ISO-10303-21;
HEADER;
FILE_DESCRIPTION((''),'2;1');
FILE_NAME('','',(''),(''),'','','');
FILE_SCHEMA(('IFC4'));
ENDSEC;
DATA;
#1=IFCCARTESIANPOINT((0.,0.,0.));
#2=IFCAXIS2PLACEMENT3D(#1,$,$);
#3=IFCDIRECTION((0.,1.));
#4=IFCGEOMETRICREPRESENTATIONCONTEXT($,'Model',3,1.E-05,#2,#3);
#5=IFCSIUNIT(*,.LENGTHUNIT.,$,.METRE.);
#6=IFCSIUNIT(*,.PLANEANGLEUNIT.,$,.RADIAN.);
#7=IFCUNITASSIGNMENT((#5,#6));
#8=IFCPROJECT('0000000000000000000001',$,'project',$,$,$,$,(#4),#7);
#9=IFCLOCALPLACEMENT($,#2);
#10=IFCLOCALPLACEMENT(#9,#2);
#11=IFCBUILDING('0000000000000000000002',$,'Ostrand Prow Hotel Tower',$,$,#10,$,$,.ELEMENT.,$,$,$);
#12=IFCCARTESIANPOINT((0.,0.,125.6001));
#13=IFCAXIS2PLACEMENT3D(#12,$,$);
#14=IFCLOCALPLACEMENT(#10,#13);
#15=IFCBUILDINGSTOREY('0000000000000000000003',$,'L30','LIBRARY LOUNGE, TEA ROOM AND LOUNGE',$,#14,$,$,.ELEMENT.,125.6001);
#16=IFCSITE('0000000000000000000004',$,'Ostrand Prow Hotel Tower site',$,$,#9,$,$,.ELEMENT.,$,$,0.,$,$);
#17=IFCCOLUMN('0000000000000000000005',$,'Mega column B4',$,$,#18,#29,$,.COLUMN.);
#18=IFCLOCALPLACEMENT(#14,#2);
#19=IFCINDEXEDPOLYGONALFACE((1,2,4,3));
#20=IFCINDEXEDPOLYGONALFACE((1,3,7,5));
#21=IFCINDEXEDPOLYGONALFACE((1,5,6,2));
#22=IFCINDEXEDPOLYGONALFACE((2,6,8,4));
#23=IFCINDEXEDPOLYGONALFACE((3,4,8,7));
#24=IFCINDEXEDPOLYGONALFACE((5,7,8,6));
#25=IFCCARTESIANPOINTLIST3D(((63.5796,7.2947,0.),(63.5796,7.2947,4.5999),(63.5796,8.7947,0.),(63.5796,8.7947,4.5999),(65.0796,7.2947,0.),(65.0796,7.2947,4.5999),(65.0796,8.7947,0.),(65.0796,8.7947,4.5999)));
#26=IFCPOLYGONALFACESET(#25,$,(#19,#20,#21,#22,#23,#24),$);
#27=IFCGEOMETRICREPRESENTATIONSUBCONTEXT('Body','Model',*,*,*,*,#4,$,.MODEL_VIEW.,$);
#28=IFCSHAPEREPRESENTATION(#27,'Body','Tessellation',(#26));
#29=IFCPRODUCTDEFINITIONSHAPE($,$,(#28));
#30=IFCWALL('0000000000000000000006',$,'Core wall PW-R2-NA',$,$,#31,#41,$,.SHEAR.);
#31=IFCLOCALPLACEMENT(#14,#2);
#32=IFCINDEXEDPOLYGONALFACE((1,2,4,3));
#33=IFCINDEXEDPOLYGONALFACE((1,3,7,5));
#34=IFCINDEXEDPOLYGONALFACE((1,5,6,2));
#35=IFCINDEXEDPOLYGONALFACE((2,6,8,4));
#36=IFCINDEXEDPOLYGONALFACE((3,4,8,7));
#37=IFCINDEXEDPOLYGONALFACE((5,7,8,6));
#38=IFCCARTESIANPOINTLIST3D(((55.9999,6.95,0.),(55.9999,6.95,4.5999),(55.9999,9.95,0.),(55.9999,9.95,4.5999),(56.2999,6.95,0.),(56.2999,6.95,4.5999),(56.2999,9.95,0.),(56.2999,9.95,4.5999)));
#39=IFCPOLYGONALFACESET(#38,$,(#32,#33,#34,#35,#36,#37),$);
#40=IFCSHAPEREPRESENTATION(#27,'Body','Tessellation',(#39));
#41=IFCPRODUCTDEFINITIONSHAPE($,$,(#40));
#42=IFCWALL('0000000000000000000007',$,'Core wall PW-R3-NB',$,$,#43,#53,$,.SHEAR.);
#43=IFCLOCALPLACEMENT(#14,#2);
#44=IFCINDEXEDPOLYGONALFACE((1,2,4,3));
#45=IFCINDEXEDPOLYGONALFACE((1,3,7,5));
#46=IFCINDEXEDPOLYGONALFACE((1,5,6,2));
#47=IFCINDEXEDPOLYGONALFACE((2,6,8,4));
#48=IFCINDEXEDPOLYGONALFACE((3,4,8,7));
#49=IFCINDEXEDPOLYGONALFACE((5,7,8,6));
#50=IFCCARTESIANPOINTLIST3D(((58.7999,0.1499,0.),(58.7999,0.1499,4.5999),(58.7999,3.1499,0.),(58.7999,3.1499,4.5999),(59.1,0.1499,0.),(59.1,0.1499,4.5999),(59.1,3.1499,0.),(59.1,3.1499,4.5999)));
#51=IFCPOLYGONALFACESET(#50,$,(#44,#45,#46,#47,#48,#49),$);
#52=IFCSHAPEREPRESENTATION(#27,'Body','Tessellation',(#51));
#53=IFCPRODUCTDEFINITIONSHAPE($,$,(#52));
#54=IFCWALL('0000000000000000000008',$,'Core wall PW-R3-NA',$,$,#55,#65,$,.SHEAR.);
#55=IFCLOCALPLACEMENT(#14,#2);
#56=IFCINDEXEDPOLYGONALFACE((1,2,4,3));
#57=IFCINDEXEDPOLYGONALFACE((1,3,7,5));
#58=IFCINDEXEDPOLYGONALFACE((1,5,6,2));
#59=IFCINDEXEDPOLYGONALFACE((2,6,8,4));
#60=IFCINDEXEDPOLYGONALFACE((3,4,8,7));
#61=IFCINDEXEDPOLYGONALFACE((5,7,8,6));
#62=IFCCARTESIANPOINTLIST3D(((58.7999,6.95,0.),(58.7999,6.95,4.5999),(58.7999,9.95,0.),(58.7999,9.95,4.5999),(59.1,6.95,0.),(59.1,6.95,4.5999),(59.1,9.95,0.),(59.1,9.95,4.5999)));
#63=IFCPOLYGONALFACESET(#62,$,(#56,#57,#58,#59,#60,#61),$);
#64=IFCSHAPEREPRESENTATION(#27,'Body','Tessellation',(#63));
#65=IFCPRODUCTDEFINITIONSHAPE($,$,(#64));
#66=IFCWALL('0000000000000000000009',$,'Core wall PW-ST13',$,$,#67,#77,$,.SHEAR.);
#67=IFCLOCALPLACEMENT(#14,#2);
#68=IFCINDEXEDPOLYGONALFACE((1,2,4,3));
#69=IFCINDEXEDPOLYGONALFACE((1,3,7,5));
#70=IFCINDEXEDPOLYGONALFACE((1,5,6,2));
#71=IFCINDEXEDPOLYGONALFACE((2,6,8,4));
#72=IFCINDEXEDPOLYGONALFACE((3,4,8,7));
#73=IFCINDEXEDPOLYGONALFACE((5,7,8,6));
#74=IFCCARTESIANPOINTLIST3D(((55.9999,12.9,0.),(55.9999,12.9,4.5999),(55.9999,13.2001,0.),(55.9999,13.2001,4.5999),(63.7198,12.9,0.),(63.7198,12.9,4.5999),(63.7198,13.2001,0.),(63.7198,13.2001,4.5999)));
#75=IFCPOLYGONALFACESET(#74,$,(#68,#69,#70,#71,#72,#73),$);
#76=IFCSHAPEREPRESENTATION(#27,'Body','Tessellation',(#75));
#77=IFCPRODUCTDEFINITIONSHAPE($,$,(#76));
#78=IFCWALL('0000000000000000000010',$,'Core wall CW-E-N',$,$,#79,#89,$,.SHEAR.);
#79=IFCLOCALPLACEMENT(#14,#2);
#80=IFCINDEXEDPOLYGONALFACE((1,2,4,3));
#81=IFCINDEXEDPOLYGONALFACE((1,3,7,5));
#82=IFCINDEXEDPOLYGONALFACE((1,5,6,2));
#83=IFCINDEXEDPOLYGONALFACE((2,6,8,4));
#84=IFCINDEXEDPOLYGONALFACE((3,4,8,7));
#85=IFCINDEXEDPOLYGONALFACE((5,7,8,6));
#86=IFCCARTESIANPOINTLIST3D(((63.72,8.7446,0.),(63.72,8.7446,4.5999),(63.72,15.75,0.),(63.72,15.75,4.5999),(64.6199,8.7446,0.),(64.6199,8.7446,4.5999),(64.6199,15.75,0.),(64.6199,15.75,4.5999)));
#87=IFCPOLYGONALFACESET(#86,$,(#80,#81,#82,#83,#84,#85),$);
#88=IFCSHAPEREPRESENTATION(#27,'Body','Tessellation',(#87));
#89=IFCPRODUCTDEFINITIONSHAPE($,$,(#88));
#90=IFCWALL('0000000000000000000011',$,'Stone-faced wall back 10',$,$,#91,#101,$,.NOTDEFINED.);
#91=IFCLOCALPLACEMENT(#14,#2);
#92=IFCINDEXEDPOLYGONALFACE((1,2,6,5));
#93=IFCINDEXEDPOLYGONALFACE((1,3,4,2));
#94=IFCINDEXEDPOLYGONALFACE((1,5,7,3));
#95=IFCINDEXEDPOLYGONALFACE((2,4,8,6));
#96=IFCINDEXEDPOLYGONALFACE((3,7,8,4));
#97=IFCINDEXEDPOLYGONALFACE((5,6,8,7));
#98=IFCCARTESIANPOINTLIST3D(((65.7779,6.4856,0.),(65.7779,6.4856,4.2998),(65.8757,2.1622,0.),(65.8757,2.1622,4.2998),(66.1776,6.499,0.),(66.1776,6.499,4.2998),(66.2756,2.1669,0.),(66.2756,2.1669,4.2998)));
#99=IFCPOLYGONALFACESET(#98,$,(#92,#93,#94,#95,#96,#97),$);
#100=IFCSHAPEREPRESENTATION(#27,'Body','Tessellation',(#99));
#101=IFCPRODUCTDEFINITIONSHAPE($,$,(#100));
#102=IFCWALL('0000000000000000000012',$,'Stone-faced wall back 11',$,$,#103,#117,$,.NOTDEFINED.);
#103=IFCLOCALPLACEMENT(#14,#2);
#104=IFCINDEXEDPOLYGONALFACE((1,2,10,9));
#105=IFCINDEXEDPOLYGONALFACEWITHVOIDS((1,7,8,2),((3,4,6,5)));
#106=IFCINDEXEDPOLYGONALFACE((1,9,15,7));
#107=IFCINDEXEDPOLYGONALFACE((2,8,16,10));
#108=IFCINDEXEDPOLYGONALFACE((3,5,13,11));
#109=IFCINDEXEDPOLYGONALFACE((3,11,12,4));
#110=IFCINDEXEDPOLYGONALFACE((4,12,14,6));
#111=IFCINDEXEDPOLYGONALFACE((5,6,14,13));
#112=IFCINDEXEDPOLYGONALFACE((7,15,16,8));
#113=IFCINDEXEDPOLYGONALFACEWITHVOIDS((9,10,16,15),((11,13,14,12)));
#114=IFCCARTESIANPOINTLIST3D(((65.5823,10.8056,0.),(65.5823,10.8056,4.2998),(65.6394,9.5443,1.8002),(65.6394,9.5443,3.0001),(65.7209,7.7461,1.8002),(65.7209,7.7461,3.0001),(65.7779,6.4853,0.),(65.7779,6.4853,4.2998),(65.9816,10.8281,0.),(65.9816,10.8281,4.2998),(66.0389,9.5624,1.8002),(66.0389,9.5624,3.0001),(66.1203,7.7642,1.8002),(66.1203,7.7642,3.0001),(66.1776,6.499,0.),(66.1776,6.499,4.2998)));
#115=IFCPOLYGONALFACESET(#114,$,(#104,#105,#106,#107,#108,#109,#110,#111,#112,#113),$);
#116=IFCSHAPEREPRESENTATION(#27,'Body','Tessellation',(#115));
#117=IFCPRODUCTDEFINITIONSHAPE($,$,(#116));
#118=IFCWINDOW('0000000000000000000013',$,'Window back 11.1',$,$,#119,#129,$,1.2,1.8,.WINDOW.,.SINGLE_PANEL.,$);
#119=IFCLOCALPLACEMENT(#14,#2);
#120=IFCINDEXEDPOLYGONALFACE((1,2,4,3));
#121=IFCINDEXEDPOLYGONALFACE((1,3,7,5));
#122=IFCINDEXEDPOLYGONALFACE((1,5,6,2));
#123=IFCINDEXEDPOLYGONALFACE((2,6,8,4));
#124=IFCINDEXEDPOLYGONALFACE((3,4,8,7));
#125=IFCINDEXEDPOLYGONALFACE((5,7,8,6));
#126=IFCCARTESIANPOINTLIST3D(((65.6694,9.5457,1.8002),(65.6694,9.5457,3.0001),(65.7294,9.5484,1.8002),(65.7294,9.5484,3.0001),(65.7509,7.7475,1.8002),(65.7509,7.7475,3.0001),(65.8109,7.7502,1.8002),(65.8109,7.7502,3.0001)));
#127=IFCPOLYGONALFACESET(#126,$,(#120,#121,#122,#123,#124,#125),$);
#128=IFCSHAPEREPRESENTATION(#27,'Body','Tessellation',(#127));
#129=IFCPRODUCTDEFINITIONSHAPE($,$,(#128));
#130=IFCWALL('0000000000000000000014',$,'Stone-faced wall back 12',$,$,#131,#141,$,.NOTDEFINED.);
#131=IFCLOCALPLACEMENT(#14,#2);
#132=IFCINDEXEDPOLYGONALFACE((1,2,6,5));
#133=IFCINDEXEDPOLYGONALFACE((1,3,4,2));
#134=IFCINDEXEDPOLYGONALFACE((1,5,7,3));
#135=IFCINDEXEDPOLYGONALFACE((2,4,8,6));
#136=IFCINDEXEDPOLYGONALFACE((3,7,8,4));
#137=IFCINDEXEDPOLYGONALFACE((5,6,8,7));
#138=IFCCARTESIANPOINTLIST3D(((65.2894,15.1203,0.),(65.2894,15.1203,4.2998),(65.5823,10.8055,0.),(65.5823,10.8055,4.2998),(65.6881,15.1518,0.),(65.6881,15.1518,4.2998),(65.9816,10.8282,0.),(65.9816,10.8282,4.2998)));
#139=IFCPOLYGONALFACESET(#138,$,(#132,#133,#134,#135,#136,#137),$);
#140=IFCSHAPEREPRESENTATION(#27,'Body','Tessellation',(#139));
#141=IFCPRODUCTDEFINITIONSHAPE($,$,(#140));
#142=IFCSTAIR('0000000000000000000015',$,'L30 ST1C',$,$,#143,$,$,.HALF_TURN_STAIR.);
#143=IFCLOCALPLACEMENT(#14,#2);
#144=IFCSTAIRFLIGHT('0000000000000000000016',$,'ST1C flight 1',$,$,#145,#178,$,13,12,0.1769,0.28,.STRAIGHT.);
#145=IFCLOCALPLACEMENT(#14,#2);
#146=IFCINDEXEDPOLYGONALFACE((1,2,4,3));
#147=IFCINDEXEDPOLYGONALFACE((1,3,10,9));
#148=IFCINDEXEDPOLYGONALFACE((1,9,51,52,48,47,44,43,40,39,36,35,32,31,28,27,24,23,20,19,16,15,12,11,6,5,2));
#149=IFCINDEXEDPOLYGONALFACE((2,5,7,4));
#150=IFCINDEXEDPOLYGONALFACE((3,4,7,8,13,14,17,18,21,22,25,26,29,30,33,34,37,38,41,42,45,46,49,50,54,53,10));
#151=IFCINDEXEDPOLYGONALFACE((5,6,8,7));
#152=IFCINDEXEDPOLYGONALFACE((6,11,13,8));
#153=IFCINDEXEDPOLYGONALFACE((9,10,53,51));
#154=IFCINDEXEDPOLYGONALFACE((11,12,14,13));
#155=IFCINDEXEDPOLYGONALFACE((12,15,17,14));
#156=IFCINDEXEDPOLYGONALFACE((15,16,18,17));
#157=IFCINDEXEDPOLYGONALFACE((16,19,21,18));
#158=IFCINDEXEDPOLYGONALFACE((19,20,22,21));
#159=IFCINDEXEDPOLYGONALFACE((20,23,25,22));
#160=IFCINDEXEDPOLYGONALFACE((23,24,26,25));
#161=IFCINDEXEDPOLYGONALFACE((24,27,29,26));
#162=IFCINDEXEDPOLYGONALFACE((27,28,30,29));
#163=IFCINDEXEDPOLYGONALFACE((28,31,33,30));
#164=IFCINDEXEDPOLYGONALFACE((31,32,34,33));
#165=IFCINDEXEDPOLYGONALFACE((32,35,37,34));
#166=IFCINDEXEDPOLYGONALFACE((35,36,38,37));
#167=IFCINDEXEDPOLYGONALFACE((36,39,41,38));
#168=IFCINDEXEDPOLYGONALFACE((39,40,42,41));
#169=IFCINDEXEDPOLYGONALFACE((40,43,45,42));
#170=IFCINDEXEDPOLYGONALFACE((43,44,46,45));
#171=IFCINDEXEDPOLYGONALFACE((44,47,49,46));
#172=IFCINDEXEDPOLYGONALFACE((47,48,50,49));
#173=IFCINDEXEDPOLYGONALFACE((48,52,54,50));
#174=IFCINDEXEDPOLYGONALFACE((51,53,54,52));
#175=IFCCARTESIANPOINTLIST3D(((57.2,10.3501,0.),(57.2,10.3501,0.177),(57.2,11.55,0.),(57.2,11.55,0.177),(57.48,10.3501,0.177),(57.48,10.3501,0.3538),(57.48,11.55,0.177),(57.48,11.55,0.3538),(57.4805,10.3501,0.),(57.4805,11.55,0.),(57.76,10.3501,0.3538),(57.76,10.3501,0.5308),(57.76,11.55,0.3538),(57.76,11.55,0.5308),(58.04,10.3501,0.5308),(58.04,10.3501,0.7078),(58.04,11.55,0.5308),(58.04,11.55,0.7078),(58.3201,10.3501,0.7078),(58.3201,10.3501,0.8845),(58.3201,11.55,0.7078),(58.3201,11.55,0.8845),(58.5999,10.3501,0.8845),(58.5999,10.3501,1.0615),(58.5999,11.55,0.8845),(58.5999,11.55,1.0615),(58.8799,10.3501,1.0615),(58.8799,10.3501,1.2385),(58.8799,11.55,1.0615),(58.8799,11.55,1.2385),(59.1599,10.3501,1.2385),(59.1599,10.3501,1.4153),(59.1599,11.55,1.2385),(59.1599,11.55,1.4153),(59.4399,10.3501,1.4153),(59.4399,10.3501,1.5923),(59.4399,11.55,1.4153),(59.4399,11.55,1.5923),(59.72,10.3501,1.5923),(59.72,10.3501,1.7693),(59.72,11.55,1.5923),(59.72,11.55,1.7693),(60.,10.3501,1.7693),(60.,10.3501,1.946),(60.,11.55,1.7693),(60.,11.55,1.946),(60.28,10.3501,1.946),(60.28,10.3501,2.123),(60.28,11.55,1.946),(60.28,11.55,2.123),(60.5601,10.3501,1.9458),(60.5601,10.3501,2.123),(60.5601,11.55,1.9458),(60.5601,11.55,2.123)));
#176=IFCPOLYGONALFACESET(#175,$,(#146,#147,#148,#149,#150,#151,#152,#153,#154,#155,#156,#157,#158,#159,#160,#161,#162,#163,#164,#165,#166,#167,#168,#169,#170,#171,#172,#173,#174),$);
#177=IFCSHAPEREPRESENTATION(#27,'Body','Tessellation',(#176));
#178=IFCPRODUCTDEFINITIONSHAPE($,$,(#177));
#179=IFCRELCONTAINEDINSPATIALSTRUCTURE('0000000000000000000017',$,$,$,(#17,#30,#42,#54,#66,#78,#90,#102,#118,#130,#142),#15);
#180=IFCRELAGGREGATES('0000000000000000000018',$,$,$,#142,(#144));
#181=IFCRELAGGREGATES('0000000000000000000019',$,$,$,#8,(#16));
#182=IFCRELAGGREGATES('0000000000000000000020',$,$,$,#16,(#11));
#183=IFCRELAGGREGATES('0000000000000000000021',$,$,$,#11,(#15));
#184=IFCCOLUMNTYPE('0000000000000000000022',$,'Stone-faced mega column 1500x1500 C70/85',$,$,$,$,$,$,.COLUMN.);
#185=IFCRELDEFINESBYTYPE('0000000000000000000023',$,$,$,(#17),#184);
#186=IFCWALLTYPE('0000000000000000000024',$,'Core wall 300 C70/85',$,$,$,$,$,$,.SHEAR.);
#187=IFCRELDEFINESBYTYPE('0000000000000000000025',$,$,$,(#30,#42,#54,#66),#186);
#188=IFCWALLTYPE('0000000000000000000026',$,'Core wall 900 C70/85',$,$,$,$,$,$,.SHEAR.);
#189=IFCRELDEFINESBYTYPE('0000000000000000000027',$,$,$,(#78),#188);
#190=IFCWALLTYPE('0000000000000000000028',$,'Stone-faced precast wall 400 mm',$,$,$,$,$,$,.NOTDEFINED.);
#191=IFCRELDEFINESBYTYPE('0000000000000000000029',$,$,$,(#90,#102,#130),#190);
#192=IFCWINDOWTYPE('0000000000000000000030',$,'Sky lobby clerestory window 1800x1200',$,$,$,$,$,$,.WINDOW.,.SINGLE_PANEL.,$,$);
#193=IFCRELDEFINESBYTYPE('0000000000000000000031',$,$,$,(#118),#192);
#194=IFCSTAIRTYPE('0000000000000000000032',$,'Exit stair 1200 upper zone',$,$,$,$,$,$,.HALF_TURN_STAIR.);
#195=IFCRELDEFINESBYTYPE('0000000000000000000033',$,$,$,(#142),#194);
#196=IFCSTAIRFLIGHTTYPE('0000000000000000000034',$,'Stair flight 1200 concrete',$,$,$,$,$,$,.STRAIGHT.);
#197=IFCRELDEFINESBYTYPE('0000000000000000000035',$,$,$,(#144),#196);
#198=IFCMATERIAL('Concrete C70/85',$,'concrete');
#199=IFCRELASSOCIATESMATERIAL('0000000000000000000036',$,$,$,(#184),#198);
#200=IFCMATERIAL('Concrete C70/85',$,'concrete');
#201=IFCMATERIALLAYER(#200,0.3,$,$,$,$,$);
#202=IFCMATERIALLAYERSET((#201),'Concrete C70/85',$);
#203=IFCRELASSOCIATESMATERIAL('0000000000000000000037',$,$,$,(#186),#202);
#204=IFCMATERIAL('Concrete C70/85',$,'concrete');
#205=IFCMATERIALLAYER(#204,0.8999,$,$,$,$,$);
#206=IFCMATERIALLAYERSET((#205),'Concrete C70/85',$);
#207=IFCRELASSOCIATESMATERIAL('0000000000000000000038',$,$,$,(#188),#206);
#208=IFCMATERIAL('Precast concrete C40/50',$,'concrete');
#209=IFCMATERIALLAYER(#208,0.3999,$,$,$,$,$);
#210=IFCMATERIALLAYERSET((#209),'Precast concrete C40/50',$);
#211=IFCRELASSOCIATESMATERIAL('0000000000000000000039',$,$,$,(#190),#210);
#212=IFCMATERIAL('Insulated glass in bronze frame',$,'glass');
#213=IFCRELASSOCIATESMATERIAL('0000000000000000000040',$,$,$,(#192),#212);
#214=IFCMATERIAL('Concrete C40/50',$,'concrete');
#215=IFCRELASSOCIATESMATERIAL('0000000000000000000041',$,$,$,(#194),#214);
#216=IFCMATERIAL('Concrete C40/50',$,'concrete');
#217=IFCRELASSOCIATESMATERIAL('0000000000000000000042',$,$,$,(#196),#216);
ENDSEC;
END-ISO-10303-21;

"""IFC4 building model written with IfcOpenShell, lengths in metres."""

from ifc_helpers import new_model, si_unit, direction, frame, frame_2d, origin, origin_2d, place, context, subcontext, project, spatial, polyline, rectangle, outline, extrude, material, layer, layer_set, material_profile, profile_set, type_object, element, fill, aggregate, save


model = new_model("IFC4")

# Units and contexts
model_context = context("Model", 3, precision=1e-05, world=origin(), true_north=direction((0.0, 1.0)))
body_context = subcontext(model_context, "Body", "Model", "MODEL_VIEW")
ifc_project = project(units=[si_unit("LENGTHUNIT", "METRE"), si_unit("PLANEANGLEUNIT", "RADIAN")], contexts=[model_context])

# Site, building, storey
site_placement = place(None, origin())
site = spatial("IfcSite", under=ifc_project, at=site_placement, Name="Ostrand Prow Hotel Tower site", CompositionType="ELEMENT", RefElevation=0.0)
building_placement = place(site_placement, origin())
building = spatial("IfcBuilding", under=site, at=building_placement, Name="Ostrand Prow Hotel Tower", CompositionType="ELEMENT")
storey_placement = place(building_placement, frame((0.0, 0.0, 125.6001)))
storey = spatial("IfcBuildingStorey", under=building, at=storey_placement, Name="L30", Description="LIBRARY LOUNGE, TEA ROOM AND LOUNGE", CompositionType="ELEMENT", Elevation=125.6001)

# Column
ifc_material_1 = material(Name="Concrete C70/85", Category="concrete")
ifc_material_profile = material_profile(ifc_material_1, rectangle(XDim=1.5, YDim=1.5, at=origin_2d()), Name="RC 1500x1500")
ifc_profile_set = profile_set([ifc_material_profile], Name="Concrete C70/85")
column_type = type_object("IfcColumnType", Name="Stone-faced mega column 1500x1500 C70/85", PredefinedType="COLUMN", material=ifc_profile_set)
column_placement = place(storey_placement, frame((64.3296, 8.0447, 0.0), z_axis=(0.0, 0.0, 1.0), x_axis=(1.0, 0.0, 0.0)))
element("IfcColumn", 1, at=column_placement, inside=storey, type_object=column_type, Name="Mega column B4", PredefinedType="COLUMN", context=body_context, shape_type="SweptSolid", body=[
    extrude(rectangle(XDim=1.5, YDim=1.5, at=origin_2d()), origin(), (0.0, 0.0, 1.0), 4.5999),
])

# Walls
ifc_material_2 = material(Name="Concrete C70/85", Category="concrete")
ifc_layer_1 = layer(ifc_material_2, 0.3)
ifc_layer_set_1 = layer_set([ifc_layer_1], Name="Concrete C70/85")
wall_type_1 = type_object("IfcWallType", Name="Core wall 300 C70/85", PredefinedType="SHEAR", material=ifc_layer_set_1)
for number, where, z_axis, x_axis, name in (
    (2, (56.1499, 6.95, 0.0), (0.0, 0.0, 1.0), (0.0, 1.0, 0.0), "Core wall PW-R2-NA"),
    (3, (58.95, 0.1499, 0.0), (0.0, 0.0, 1.0), (0.0, 1.0, 0.0), "Core wall PW-R3-NB"),
    (4, (58.95, 6.95, 0.0), (0.0, 0.0, 1.0), (0.0, 1.0, 0.0), "Core wall PW-R3-NA"),
):
    element("IfcWall", number, at=place(storey_placement, frame(where, z_axis=z_axis, x_axis=x_axis)), inside=storey, type_object=wall_type_1, Name=name, PredefinedType="SHEAR", context=body_context, shape_type="SweptSolid", body=[
        extrude(rectangle(XDim=3.0, YDim=0.3, at=frame_2d((1.5, 0.0))), origin(), (0.0, 0.0, 1.0), 4.5999),
    ])
wall_1_placement = place(storey_placement, frame((56.0, 13.05, 0.0), z_axis=(0.0, 0.0, 1.0), x_axis=(1.0, 0.0, 0.0)))
element("IfcWall", 5, at=wall_1_placement, inside=storey, type_object=wall_type_1, Name="Core wall PW-ST13", PredefinedType="SHEAR", context=body_context, shape_type="SweptSolid", body=[
    extrude(rectangle(XDim=7.72, YDim=0.3, at=frame_2d((3.8599, 0.0))), origin(), (0.0, 0.0, 1.0), 4.5999),
])
ifc_material_3 = material(Name="Concrete C70/85", Category="concrete")
ifc_layer_2 = layer(ifc_material_3, 0.8999)
ifc_layer_set_2 = layer_set([ifc_layer_2], Name="Concrete C70/85")
wall_type_2 = type_object("IfcWallType", Name="Core wall 900 C70/85", PredefinedType="SHEAR", material=ifc_layer_set_2)
wall_2_placement = place(storey_placement, frame((64.1699, 8.7446, 0.0), z_axis=(0.0, 0.0, 1.0), x_axis=(0.0, 1.0, 0.0)))
element("IfcWall", 6, at=wall_2_placement, inside=storey, type_object=wall_type_2, Name="Core wall CW-E-N", PredefinedType="SHEAR", context=body_context, shape_type="SweptSolid", body=[
    extrude(rectangle(XDim=7.0054, YDim=0.8999, at=frame_2d((3.5027, 0.0))), origin(), (0.0, 0.0, 1.0), 4.5999),
])
ifc_material_4 = material(Name="Precast concrete C40/50", Category="concrete")
ifc_layer_3 = layer(ifc_material_4, 0.3999)
ifc_layer_set_3 = layer_set([ifc_layer_3], Name="Precast concrete C40/50")
wall_type_3 = type_object("IfcWallType", Name="Stone-faced precast wall 400 mm", PredefinedType="NOTDEFINED", material=ifc_layer_set_3)
wall_3_placement = place(storey_placement, frame((66.0757, 2.1646, 0.0), z_axis=(0.0, 0.0, 1.0), x_axis=(-0.022616, 0.999744, 0.0)))
element("IfcWall", 7, at=wall_3_placement, inside=storey, type_object=wall_type_3, Name="Stone-faced wall back 10", PredefinedType="NOTDEFINED", context=body_context, shape_type="SweptSolid", body=[
    extrude(outline(polyline([(-0.0022, -0.2), (4.3311, -0.2), (4.3267, 0.2), (0.0022, 0.2), (-0.0022, -0.2)])), origin(), (0.0, 0.0, 1.0), 4.2998),
])

# Wall, opening, window
wall_4_placement = place(storey_placement, frame((65.9778, 6.4922, 0.0), z_axis=(0.0, 0.0, 1.0), x_axis=(-0.045229, 0.998977, 0.0)))
wall_4 = element("IfcWall", 8, at=wall_4_placement, inside=storey, type_object=wall_type_3, Name="Stone-faced wall back 11", PredefinedType="NOTDEFINED", context=body_context, shape_type="SweptSolid", body=[
    extrude(outline(polyline([(-0.0022, -0.2), (4.3313, -0.2), (4.3269, 0.2), (0.0022, 0.2), (-0.0022, -0.2)])), origin(), (0.0, 0.0, 1.0), 4.2998),
])
opening_placement = place(wall_4_placement, frame((1.2644, 0.0, 1.8)))
opening = element("IfcOpeningElement", 9, at=opening_placement, cuts=wall_4, PredefinedType="OPENING", context=body_context, shape_type="SweptSolid", body=[
    extrude(rectangle(XDim=1.8, YDim=1.2, at=frame_2d((0.8999, 0.6001))), frame((0.0, 0.21, 0.0), z_axis=(0.0, -1.0, 0.0), x_axis=(1.0, 0.0, 0.0)), (0.0, 0.0, 1.0), 0.4199),
])
ifc_material_5 = material(Name="Insulated glass in bronze frame", Category="glass")
window_type = type_object("IfcWindowType", Name="Sky lobby clerestory window 1800x1200", PartitioningType="SINGLE_PANEL", PredefinedType="WINDOW", material=ifc_material_5)
window_placement = place(opening_placement, origin())
window = element("IfcWindow", 10, at=window_placement, inside=storey, type_object=window_type, Name="Window back 11.1", OverallHeight=1.2, OverallWidth=1.8, PartitioningType="SINGLE_PANEL", PredefinedType="WINDOW", context=body_context, shape_type="SweptSolid", body=[
    extrude(rectangle(XDim=1.8, YDim=1.2, at=frame_2d((0.8999, 0.6001))), frame((0.0, 0.1699, 0.0), z_axis=(0.0, -1.0, 0.0), x_axis=(1.0, 0.0, 0.0)), (0.0, 0.0, 1.0), 0.0601),
])
fill(opening, window)

# Wall
wall_5_placement = place(storey_placement, frame((65.782, 10.8169, 0.0), z_axis=(0.0, 0.0, 1.0), x_axis=(-0.067732, 0.997704, 0.0)))
element("IfcWall", 11, at=wall_5_placement, inside=storey, type_object=wall_type_3, Name="Stone-faced wall back 12", PredefinedType="NOTDEFINED", context=body_context, shape_type="SweptSolid", body=[
    extrude(outline(polyline([(-0.0022, -0.2), (4.3313, -0.2), (4.3269, 0.2), (0.0022, 0.2), (-0.0022, -0.2)])), origin(), (0.0, 0.0, 1.0), 4.2998),
])

# Stair, stair flight
ifc_material_6 = material(Name="Concrete C40/50", Category="concrete")
stair_type = type_object("IfcStairType", Name="Exit stair 1200 upper zone", PredefinedType="HALF_TURN_STAIR", material=ifc_material_6)
stair_1_placement = place(storey_placement, origin())
stair_1 = element("IfcStair", 12, at=stair_1_placement, inside=storey, type_object=stair_type, Name="L30 ST1C", PredefinedType="HALF_TURN_STAIR")
ifc_material_7 = material(Name="Concrete C40/50", Category="concrete")
stair_flight_type = type_object("IfcStairFlightType", Name="Stair flight 1200 concrete", PredefinedType="STRAIGHT", material=ifc_material_7)
stair_flight_1_placement = place(storey_placement, frame((57.2, 10.95, 0.0), z_axis=(0.0, 0.0, 1.0), x_axis=(1.0, 0.0, 0.0)))
stair_flight_1 = element("IfcStairFlight", 13, at=stair_flight_1_placement, type_object=stair_flight_type, Name="ST1C flight 1", NumberOfRisers=13, NumberOfTreads=12, PredefinedType="STRAIGHT", RiserHeight=0.1769, TreadLength=0.28, context=body_context, shape_type="SweptSolid", body=[
    extrude(outline(polyline([(0.0, 0.0), (0.0, 0.177), (0.28, 0.177), (0.28, 0.3538), (0.5601, 0.3538), (0.5601, 0.5308), (0.8401, 0.5308), (0.8401, 0.7078), (1.1201, 0.7078), (1.1201, 0.8845), (1.3999, 0.8845), (1.3999, 1.0615), (1.6799, 1.0615), (1.6799, 1.2385), (1.96, 1.2385), (1.96, 1.4153), (2.24, 1.4153), (2.24, 1.5923), (2.52, 1.5923), (2.52, 1.7693), (2.8, 1.7693), (2.8, 1.946), (3.0801, 1.946), (3.0801, 2.123), (3.3601, 2.123), (3.3601, 2.3), (3.3601, 1.9458), (0.2805, 0.0), (0.0, 0.0)])), frame((0.0, 0.6001, 0.0), z_axis=(0.0, -1.0, 0.0), x_axis=(1.0, 0.0, 0.0)), (0.0, 0.0, 1.0), 1.2),
])
aggregate(stair_1, [stair_flight_1])

save(model, "model.ifc")
